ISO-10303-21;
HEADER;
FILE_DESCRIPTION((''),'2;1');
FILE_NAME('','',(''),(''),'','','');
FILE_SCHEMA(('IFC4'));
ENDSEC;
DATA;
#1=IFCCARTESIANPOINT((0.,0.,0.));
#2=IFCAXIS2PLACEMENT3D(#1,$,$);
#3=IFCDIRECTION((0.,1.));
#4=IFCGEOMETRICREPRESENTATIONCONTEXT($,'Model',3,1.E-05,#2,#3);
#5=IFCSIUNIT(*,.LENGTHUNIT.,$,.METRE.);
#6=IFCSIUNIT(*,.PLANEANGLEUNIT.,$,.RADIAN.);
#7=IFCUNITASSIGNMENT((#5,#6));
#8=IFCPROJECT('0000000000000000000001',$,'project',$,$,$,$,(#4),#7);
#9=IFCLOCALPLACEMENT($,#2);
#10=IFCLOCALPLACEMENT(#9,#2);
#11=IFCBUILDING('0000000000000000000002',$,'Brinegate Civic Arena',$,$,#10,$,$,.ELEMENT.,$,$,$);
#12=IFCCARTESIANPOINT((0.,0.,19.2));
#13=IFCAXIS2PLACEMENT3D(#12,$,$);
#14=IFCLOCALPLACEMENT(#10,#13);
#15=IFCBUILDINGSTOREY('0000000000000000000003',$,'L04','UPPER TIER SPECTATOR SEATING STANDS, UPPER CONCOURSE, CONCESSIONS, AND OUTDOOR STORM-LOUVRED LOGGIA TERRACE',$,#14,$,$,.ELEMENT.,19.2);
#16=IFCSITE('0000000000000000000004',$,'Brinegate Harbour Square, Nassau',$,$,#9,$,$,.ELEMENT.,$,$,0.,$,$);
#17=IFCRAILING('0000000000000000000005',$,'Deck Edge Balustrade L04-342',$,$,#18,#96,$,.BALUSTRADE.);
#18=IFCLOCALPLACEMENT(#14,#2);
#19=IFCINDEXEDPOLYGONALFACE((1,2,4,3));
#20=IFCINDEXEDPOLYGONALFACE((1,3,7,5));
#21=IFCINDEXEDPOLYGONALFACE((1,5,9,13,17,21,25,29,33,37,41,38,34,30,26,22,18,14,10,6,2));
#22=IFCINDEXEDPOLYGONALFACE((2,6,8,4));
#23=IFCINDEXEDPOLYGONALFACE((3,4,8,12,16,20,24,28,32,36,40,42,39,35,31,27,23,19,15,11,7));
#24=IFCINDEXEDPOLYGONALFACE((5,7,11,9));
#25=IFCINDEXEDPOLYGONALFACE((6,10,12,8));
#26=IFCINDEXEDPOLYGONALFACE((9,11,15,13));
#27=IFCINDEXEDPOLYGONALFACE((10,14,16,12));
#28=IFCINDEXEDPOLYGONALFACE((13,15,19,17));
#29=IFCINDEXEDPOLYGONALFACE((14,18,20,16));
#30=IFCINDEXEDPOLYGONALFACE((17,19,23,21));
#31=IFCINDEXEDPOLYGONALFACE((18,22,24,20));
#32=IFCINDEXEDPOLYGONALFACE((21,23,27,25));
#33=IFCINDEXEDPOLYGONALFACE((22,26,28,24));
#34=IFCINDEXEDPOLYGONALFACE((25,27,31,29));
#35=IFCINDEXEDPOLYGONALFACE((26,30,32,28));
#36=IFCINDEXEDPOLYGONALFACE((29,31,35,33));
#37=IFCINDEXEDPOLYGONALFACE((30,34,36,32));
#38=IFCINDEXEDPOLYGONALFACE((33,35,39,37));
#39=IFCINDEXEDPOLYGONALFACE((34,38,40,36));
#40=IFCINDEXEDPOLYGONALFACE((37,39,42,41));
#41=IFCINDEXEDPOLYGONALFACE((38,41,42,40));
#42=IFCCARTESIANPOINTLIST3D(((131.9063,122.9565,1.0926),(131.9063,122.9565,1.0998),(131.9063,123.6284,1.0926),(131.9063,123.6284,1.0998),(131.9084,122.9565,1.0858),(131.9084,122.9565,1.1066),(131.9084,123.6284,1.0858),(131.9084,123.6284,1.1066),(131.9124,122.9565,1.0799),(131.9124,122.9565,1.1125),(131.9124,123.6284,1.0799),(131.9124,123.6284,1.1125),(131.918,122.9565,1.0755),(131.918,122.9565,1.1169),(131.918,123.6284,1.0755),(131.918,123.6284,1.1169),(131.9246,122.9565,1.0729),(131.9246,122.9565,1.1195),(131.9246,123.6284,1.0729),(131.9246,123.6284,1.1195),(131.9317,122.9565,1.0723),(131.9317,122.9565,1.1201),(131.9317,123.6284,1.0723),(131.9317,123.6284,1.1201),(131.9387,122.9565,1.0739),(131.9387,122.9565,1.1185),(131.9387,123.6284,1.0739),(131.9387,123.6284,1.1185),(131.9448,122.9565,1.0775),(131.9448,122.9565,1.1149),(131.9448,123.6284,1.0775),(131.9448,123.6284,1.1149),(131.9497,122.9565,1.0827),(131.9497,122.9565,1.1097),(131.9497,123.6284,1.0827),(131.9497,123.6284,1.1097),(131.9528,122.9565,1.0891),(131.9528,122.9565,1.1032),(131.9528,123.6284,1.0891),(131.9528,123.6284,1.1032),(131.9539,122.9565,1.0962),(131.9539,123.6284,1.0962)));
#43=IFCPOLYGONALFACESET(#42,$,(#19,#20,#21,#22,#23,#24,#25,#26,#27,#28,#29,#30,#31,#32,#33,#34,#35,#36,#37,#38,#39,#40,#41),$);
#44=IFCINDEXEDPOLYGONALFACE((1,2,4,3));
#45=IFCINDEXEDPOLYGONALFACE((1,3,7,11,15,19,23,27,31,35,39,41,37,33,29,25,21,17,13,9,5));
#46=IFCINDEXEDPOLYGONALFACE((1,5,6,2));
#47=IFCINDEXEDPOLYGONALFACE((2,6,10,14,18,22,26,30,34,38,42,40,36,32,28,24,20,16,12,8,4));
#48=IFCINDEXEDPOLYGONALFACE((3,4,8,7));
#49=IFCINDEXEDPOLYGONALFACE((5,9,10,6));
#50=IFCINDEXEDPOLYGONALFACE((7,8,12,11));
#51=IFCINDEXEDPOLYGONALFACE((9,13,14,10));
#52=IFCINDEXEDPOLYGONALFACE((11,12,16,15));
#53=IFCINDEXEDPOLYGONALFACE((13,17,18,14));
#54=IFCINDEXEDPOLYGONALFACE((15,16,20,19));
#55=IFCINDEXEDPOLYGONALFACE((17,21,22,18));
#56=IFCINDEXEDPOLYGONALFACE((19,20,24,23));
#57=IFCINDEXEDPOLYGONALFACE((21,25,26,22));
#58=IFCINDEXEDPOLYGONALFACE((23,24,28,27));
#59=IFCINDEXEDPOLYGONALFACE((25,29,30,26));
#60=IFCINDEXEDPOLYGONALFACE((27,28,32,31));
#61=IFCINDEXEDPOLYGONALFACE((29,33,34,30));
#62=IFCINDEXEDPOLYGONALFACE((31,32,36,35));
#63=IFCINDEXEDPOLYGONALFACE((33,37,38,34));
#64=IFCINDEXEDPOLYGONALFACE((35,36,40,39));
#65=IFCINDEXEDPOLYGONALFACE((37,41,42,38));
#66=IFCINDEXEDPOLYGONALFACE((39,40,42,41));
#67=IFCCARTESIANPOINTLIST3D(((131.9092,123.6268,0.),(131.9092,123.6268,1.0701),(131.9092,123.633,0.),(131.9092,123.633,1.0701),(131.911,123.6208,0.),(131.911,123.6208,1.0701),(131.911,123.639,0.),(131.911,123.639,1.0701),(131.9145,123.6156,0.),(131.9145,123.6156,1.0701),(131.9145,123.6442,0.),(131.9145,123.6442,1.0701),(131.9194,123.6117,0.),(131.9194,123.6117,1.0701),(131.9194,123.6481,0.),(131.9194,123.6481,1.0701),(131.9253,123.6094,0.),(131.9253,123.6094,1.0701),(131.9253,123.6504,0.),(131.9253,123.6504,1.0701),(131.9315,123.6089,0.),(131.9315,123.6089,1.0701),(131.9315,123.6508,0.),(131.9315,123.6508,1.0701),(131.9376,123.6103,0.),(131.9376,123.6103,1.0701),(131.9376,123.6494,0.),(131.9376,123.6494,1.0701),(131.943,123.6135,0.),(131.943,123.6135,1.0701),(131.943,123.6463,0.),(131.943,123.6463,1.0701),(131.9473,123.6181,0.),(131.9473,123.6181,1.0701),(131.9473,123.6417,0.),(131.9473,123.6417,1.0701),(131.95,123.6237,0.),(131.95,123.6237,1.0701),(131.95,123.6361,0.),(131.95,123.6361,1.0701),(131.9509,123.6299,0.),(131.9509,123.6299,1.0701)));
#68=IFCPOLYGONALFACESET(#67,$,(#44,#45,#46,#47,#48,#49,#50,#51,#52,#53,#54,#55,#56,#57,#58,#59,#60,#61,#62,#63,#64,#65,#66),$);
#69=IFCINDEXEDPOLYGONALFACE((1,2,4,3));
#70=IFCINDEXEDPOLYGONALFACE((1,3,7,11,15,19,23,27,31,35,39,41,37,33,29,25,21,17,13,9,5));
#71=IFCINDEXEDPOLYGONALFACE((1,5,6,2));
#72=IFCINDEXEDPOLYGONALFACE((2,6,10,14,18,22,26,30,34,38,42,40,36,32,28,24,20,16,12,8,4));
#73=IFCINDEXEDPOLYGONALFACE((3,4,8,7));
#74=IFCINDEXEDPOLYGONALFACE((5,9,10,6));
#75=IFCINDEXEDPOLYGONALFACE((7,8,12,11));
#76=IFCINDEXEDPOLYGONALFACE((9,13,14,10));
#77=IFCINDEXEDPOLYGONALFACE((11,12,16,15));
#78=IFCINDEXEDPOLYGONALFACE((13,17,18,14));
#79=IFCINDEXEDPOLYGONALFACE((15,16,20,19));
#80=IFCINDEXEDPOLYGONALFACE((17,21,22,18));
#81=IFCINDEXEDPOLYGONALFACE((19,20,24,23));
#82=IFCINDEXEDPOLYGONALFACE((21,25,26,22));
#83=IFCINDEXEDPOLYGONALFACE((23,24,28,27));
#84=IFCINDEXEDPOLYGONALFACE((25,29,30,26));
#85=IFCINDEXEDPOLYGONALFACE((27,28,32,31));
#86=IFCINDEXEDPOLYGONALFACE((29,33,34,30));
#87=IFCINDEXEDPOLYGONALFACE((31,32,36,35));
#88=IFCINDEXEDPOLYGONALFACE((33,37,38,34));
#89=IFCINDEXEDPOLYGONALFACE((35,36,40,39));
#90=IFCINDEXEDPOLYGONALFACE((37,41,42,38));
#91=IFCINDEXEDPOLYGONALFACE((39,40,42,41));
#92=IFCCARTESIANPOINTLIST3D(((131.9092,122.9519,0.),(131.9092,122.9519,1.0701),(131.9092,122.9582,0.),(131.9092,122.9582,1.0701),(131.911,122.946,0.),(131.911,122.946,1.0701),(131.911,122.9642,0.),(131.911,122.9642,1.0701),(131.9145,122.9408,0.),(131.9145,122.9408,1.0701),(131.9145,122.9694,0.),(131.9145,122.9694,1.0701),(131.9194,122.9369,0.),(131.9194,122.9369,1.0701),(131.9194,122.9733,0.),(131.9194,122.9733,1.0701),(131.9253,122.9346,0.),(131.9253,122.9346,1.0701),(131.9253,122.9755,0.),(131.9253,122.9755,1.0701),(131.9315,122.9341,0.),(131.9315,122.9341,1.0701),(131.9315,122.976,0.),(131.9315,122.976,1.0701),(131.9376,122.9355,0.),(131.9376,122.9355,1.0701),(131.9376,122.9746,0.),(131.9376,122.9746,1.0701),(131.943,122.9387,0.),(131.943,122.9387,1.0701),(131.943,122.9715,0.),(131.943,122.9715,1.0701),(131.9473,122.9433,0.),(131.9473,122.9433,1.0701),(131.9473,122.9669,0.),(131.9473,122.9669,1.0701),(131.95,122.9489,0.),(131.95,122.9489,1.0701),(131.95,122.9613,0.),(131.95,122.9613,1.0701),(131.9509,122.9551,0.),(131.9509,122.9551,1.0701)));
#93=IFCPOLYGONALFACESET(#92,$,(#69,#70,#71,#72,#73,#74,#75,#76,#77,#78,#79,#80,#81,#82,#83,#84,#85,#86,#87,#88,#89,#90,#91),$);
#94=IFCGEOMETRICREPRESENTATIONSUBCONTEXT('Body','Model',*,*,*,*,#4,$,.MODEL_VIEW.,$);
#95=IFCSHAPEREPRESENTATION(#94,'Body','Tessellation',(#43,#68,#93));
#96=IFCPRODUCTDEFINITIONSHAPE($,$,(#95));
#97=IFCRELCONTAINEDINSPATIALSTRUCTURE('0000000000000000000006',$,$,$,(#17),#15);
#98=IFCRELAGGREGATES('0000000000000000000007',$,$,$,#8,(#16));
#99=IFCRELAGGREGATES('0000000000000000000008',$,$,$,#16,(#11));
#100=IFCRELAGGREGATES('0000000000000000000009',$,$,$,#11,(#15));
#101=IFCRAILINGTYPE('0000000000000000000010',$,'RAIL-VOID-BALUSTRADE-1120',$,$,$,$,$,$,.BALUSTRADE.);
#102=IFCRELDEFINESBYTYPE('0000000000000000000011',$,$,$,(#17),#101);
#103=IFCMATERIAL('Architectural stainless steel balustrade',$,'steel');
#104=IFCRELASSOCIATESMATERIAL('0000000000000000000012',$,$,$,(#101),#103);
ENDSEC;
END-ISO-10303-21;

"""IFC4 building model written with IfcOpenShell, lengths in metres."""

from ifc_helpers import new_model, si_unit, direction, frame, origin, origin_2d, place, context, subcontext, project, spatial, circle, extrude, material, type_object, element, save


model = new_model("IFC4")

# Units and contexts
model_context = context("Model", 3, precision=1e-05, world=origin(), true_north=direction((0.0, 1.0)))
body_context = subcontext(model_context, "Body", "Model", "MODEL_VIEW")
ifc_project = project(units=[si_unit("LENGTHUNIT", "METRE"), si_unit("PLANEANGLEUNIT", "RADIAN")], contexts=[model_context])

# Site, building, storey
site_placement = place(None, origin())
site = spatial("IfcSite", under=ifc_project, at=site_placement, Name="Brinegate Harbour Square, Nassau", CompositionType="ELEMENT", RefElevation=0.0)
building_placement = place(site_placement, origin())
building = spatial("IfcBuilding", under=site, at=building_placement, Name="Brinegate Civic Arena", CompositionType="ELEMENT")
storey_placement = place(building_placement, frame((0.0, 0.0, 19.2)))
storey = spatial("IfcBuildingStorey", under=building, at=storey_placement, Name="L04", Description="UPPER TIER SPECTATOR SEATING STANDS, UPPER CONCOURSE, CONCESSIONS, AND OUTDOOR STORM-LOUVRED LOGGIA TERRACE", CompositionType="ELEMENT", Elevation=19.2)

# Railing
ifc_material_1 = material(Name="Architectural stainless steel balustrade", Category="steel")
railing_type_1 = type_object("IfcRailingType", Name="RAIL-VOID-BALUSTRADE-1120", PredefinedType="BALUSTRADE", material=ifc_material_1)
railing_1_placement = place(storey_placement, frame((131.9299, 123.6299, 0.0)))
element("IfcRailing", 1, at=railing_1_placement, inside=storey, type_object=railing_type_1, Name="Deck Edge Balustrade L04-342", PredefinedType="BALUSTRADE", context=body_context, shape_type="SweptSolid", body=[
    extrude(circle(Radius=0.0239, at=origin_2d()), frame((0.0, -0.0015, 1.0962), z_axis=(0.0, -1.0, 0.0), x_axis=(1.0, 0.0, 0.0)), (0.0, 0.0, 1.0), 0.6719),
    extrude(circle(Radius=0.021, at=origin_2d()), origin(), (0.0, 0.0, 1.0), 1.0701),
    extrude(circle(Radius=0.021, at=origin_2d()), frame((0.0, -0.6748, 0.0)), (0.0, 0.0, 1.0), 1.0701),
])

save(model, "model.ifc")
